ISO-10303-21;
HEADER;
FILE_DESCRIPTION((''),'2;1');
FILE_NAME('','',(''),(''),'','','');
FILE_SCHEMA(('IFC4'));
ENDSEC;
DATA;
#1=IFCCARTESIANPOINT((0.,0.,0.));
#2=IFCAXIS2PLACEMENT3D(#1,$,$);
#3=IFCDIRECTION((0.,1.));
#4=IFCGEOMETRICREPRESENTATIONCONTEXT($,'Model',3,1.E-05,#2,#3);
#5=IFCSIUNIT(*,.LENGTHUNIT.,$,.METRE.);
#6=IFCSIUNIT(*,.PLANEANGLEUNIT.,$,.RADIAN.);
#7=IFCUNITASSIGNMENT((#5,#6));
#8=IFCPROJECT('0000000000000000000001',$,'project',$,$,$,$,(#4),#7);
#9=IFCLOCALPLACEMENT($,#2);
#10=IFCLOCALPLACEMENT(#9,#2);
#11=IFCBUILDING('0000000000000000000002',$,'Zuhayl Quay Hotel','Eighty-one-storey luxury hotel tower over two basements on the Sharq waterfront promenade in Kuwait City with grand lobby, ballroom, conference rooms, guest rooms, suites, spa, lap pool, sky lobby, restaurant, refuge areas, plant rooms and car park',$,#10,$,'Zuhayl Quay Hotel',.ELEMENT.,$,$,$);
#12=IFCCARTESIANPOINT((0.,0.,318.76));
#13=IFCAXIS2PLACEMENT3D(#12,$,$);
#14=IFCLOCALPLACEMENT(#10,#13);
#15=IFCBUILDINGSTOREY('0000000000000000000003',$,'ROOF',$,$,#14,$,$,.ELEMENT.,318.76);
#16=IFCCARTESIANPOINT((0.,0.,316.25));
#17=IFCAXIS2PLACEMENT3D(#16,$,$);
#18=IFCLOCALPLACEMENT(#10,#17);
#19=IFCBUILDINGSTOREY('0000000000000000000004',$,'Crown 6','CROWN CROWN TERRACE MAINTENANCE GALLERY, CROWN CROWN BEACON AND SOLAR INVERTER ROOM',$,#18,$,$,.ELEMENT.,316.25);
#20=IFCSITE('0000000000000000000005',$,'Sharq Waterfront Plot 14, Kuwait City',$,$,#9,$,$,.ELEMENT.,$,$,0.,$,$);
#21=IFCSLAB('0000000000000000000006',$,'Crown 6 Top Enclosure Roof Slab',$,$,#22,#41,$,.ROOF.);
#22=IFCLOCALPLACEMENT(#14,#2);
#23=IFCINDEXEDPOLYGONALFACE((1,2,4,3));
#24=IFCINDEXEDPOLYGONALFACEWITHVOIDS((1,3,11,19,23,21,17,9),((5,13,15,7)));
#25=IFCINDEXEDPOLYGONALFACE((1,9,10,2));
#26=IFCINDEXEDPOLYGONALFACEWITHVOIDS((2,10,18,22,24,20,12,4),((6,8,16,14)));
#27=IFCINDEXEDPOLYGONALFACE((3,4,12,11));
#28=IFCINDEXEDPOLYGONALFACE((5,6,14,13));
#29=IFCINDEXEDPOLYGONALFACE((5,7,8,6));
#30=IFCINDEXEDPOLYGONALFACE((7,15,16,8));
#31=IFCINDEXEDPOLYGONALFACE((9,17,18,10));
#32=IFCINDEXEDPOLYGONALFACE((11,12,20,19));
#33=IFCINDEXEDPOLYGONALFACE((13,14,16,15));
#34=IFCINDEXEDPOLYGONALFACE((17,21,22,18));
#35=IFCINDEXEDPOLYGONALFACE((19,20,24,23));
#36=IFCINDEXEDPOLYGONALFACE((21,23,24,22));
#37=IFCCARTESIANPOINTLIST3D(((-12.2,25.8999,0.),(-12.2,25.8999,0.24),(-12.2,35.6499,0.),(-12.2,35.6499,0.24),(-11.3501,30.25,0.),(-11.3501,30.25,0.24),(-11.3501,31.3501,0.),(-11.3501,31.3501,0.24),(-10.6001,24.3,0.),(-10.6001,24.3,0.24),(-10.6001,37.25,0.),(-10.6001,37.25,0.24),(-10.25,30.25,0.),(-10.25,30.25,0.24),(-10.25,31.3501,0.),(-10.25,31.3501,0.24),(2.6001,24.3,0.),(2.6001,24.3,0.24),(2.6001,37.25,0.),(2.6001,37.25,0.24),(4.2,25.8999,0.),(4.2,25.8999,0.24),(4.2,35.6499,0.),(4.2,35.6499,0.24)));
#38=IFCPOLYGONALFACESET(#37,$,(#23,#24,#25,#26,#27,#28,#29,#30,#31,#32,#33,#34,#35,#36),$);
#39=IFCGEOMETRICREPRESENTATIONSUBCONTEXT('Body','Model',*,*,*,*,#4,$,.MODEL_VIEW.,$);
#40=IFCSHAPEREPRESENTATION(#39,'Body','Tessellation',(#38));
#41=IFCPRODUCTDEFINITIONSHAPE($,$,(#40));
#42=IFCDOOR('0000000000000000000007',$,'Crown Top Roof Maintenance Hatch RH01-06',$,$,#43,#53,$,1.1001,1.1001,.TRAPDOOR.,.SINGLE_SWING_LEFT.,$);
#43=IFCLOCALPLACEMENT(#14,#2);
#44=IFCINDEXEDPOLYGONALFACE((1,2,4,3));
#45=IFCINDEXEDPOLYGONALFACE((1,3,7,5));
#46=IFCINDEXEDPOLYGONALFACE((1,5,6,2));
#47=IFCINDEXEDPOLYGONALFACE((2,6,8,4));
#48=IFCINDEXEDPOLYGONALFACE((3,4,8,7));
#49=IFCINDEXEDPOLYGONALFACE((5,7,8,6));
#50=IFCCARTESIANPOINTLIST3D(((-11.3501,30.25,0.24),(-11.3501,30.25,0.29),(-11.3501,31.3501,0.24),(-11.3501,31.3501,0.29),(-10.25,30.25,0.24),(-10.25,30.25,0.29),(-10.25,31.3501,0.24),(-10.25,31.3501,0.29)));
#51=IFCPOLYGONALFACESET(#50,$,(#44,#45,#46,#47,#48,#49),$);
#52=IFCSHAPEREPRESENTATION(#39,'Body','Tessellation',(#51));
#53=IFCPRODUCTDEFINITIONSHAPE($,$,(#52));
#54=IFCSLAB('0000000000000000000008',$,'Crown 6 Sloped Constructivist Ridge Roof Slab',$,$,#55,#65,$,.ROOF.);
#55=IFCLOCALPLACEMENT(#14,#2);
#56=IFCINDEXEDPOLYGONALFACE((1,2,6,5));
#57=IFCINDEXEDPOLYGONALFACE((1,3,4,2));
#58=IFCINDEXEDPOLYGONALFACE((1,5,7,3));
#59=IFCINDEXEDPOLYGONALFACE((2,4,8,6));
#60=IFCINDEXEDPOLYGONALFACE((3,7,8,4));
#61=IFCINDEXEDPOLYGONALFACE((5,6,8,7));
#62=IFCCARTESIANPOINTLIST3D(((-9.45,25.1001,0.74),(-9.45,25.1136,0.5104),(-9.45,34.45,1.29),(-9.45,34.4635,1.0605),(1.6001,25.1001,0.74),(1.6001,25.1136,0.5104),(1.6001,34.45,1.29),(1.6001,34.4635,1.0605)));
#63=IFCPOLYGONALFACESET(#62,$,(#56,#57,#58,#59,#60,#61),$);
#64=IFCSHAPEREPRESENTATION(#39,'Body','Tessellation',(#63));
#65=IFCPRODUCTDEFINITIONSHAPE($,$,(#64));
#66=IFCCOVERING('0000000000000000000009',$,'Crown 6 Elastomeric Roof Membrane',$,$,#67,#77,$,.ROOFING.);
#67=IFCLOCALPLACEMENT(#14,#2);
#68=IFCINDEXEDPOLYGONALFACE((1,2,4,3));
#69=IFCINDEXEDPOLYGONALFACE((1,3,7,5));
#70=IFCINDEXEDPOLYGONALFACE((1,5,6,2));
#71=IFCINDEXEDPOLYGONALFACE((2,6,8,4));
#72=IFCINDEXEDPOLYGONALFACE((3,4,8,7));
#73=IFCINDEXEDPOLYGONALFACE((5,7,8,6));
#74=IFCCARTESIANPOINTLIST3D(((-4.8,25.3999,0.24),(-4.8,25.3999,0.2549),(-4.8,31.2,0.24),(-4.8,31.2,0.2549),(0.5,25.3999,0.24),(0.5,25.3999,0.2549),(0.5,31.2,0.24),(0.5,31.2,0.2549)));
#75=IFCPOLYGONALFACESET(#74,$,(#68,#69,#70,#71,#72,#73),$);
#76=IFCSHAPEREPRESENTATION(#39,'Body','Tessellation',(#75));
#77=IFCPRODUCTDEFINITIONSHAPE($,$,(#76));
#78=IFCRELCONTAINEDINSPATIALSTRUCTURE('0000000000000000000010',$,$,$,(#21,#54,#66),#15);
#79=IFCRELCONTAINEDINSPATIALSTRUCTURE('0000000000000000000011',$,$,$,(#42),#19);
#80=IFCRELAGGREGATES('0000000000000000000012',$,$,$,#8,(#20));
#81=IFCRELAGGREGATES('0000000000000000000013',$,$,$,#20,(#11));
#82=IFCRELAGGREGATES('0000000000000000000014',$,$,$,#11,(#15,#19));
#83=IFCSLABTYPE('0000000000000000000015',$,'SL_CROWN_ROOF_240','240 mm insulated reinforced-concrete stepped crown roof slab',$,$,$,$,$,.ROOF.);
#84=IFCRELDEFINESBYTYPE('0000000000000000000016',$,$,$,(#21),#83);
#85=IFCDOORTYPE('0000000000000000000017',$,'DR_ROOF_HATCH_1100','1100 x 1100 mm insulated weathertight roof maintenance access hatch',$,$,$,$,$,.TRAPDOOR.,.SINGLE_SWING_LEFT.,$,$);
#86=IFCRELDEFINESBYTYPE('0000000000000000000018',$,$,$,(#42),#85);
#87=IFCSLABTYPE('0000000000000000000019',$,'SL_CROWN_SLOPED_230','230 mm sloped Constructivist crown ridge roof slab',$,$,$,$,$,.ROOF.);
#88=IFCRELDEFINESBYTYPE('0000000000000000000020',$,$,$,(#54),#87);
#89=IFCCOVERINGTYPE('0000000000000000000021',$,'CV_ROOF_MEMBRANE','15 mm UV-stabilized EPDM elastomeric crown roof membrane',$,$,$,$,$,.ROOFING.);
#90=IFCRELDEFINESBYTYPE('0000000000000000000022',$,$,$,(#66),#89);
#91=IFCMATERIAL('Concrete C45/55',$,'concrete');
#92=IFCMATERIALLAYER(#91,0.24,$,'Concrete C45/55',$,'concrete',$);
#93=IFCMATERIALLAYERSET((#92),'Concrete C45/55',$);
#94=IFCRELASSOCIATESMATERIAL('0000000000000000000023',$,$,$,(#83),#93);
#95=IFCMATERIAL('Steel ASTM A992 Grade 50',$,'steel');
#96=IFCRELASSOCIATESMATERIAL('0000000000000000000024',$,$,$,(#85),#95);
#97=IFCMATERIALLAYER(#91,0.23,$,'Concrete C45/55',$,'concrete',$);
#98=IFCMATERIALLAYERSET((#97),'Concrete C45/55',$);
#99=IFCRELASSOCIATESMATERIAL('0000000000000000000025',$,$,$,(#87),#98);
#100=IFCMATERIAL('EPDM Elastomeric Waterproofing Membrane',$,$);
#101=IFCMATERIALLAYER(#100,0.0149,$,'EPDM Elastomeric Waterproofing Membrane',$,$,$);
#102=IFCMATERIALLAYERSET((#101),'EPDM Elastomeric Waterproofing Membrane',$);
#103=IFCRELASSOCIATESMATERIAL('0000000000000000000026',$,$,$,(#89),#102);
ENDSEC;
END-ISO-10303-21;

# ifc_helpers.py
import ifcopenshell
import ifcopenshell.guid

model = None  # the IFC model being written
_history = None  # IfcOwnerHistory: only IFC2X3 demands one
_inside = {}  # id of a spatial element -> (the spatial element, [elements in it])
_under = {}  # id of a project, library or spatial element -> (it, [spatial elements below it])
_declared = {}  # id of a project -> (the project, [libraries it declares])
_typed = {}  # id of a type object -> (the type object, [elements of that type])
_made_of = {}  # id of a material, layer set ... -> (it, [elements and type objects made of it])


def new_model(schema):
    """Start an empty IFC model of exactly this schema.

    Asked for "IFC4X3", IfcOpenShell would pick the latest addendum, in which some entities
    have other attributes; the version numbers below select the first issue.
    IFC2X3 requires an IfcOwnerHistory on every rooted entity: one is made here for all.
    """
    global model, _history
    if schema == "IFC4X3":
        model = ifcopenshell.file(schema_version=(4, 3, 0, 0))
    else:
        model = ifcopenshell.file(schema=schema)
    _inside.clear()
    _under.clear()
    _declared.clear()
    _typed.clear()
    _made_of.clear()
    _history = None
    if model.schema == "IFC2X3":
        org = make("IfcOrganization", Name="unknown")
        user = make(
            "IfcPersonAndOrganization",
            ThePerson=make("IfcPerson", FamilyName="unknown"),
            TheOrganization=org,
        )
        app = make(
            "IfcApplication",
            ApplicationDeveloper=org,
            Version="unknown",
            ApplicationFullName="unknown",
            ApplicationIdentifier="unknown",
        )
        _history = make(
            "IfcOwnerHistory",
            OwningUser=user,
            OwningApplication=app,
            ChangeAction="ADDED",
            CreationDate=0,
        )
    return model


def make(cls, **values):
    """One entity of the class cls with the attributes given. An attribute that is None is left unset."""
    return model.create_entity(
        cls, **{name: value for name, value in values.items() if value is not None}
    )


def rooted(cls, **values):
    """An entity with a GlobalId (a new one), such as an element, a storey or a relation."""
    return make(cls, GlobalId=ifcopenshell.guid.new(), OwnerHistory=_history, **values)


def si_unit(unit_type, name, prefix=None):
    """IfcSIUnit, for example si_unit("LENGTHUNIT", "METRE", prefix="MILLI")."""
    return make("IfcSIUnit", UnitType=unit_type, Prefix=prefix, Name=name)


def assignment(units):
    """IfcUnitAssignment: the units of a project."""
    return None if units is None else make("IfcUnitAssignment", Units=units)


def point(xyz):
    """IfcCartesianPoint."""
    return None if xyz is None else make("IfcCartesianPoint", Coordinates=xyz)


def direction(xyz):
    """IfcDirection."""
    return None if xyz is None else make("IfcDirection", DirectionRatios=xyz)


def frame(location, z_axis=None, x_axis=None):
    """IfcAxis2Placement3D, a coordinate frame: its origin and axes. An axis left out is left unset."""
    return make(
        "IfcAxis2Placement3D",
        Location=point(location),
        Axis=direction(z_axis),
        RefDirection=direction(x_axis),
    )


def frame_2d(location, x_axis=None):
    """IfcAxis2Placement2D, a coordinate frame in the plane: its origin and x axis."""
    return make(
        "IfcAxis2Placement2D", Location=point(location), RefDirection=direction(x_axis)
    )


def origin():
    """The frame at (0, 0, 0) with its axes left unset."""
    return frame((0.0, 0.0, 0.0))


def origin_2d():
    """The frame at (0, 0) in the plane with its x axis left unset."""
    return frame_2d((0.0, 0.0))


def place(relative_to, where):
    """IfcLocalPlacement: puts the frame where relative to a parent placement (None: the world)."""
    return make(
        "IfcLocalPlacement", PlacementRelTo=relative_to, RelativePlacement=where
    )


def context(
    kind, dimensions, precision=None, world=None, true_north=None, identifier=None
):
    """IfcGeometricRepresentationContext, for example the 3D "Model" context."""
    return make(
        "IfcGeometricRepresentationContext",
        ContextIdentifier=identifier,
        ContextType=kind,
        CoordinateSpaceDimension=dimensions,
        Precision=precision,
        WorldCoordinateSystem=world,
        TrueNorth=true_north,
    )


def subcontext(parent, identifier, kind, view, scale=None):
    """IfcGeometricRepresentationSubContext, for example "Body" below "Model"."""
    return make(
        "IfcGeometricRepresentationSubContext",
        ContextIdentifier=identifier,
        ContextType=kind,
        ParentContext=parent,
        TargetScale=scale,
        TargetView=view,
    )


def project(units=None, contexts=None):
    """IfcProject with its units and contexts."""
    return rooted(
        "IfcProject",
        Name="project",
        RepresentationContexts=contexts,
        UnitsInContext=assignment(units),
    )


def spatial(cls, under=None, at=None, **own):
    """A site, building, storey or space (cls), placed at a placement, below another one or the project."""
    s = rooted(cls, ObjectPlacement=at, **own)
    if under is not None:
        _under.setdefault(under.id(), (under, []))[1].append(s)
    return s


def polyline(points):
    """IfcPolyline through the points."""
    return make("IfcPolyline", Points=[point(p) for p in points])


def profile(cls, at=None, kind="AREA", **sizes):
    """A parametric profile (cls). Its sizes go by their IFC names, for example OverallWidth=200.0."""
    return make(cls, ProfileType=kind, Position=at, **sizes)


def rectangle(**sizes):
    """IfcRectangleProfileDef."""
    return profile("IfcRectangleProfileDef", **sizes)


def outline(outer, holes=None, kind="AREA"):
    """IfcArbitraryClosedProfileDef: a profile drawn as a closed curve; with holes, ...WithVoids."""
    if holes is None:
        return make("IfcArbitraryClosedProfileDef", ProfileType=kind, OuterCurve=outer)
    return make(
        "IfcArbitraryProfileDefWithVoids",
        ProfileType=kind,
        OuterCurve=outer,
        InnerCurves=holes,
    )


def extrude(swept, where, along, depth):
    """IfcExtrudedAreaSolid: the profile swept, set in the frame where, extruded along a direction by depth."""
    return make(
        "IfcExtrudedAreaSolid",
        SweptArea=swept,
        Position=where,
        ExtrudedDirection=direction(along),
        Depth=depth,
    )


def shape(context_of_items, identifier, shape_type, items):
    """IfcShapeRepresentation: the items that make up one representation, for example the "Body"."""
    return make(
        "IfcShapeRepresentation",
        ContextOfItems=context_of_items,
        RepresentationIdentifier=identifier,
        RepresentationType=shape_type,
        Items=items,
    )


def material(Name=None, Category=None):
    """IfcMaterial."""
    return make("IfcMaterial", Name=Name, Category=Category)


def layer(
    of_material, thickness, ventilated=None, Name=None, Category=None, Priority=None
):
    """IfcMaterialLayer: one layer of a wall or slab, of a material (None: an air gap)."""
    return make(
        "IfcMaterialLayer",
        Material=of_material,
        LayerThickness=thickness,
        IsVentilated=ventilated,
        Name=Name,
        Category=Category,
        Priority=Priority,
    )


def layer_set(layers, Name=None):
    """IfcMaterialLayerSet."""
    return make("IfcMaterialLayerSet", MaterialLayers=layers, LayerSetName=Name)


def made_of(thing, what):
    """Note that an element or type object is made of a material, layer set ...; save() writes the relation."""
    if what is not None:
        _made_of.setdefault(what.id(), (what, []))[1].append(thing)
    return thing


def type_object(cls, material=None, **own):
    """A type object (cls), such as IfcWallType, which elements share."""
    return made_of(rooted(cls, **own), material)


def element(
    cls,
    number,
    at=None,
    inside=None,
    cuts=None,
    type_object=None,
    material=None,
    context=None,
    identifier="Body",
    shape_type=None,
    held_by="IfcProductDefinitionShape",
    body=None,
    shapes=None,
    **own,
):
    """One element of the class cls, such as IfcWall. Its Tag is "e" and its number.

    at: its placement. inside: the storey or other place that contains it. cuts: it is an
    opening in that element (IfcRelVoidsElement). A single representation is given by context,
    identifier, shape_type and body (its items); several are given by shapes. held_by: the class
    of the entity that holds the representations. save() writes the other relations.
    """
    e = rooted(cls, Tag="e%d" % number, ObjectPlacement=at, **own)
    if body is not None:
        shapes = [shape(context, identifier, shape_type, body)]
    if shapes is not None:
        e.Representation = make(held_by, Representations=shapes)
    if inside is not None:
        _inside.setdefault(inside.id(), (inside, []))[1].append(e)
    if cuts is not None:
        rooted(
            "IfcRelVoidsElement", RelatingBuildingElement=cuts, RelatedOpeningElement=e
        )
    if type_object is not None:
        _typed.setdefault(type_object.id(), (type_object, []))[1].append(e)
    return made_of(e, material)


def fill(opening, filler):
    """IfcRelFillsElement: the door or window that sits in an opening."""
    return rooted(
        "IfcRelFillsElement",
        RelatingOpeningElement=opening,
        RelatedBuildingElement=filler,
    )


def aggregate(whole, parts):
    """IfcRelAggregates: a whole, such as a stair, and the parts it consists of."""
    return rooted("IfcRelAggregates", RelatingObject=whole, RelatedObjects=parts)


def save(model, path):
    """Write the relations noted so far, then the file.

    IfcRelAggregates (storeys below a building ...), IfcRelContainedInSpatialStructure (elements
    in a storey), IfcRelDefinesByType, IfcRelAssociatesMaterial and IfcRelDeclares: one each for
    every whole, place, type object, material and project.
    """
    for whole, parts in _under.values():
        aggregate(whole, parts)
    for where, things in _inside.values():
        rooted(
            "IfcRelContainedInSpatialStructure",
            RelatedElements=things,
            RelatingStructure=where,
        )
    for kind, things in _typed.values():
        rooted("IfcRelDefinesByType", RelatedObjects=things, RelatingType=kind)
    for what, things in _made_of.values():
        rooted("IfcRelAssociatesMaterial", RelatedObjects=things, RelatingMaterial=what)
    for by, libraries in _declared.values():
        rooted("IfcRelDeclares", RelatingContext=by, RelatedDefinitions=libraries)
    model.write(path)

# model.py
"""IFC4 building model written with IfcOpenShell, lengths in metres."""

from ifc_helpers import new_model, si_unit, direction, frame, origin, origin_2d, place, context, subcontext, project, spatial, polyline, rectangle, outline, extrude, material, layer, layer_set, type_object, element, fill, save


model = new_model("IFC4")

# Units and contexts
model_context = context("Model", 3, precision=1e-05, world=origin(), true_north=direction((0.0, 1.0)))
body_context = subcontext(model_context, "Body", "Model", "MODEL_VIEW")
ifc_project = project(units=[si_unit("LENGTHUNIT", "METRE"), si_unit("PLANEANGLEUNIT", "RADIAN")], contexts=[model_context])

# Site, building, storey
site_placement = place(None, origin())
site = spatial("IfcSite", under=ifc_project, at=site_placement, Name="Sharq Waterfront Plot 14, Kuwait City", CompositionType="ELEMENT", RefElevation=0.0)
building_placement = place(site_placement, origin())
building = spatial("IfcBuilding", under=site, at=building_placement, Name="Zuhayl Quay Hotel", Description="Eighty-one-storey luxury hotel tower over two basements on the Sharq waterfront promenade in Kuwait City with grand lobby, ballroom, conference rooms, guest rooms, suites, spa, lap pool, sky lobby, restaurant, refuge areas, plant rooms and car park", LongName="Zuhayl Quay Hotel", CompositionType="ELEMENT")
storey_1_placement = place(building_placement, frame((0.0, 0.0, 318.76)))
storey_1 = spatial("IfcBuildingStorey", under=building, at=storey_1_placement, Name="ROOF", CompositionType="ELEMENT", Elevation=318.76)

# Slab, opening
ifc_material_1 = material(Name="Concrete C45/55", Category="concrete")
ifc_layer_1 = layer(ifc_material_1, 0.24, Name="Concrete C45/55", Category="concrete")
ifc_layer_set_1 = layer_set([ifc_layer_1], Name="Concrete C45/55")
slab_type_1 = type_object("IfcSlabType", Name="SL_CROWN_ROOF_240", Description="240 mm insulated reinforced-concrete stepped crown roof slab", PredefinedType="ROOF", material=ifc_layer_set_1)
slab_1_placement = place(storey_1_placement, origin())
slab_1 = element("IfcSlab", 1, at=slab_1_placement, inside=storey_1, type_object=slab_type_1, Name="Crown 6 Top Enclosure Roof Slab", PredefinedType="ROOF", context=body_context, shape_type="SweptSolid", body=[
    extrude(outline(polyline([(-10.6001, 24.3), (2.6001, 24.3), (4.2, 25.8999), (4.2, 35.6499), (2.6001, 37.25), (-10.6001, 37.25), (-12.2, 35.6499), (-12.2, 25.8999), (-10.6001, 24.3)])), origin(), (0.0, 0.0, 1.0), 0.24),
])
opening_placement = place(slab_1_placement, frame((-10.8, 30.8, 0.0)))
opening = element("IfcOpeningElement", 2, at=opening_placement, cuts=slab_1, PredefinedType="OPENING", context=body_context, shape_type="SweptSolid", body=[
    extrude(rectangle(XDim=1.1001, YDim=1.1001, at=origin_2d()), frame((0.0, 0.0, -0.01)), (0.0, 0.0, 1.0), 0.3101),
])

# Shared definitions
storey_2_placement = place(building_placement, frame((0.0, 0.0, 316.25)))
storey_2 = spatial("IfcBuildingStorey", under=building, at=storey_2_placement, Name="Crown 6", Description="CROWN CROWN TERRACE MAINTENANCE GALLERY, CROWN CROWN BEACON AND SOLAR INVERTER ROOM", CompositionType="ELEMENT", Elevation=316.25)

# Door
ifc_material_2 = material(Name="Steel ASTM A992 Grade 50", Category="steel")
door_type = type_object("IfcDoorType", Name="DR_ROOF_HATCH_1100", Description="1100 x 1100 mm insulated weathertight roof maintenance access hatch", OperationType="SINGLE_SWING_LEFT", PredefinedType="TRAPDOOR", material=ifc_material_2)
door_placement = place(opening_placement, frame((0.0, 0.0, 0.24)))
door = element("IfcDoor", 3, at=door_placement, inside=storey_2, type_object=door_type, Name="Crown Top Roof Maintenance Hatch RH01-06", OperationType="SINGLE_SWING_LEFT", OverallHeight=1.1001, OverallWidth=1.1001, PredefinedType="TRAPDOOR", context=body_context, shape_type="SweptSolid", body=[
    extrude(rectangle(XDim=1.1001, YDim=1.1001, at=origin_2d()), origin(), (0.0, 0.0, 1.0), 0.05),
])
fill(opening, door)

# Slab
ifc_layer_2 = layer(ifc_material_1, 0.23, Name="Concrete C45/55", Category="concrete")
ifc_layer_set_2 = layer_set([ifc_layer_2], Name="Concrete C45/55")
slab_type_2 = type_object("IfcSlabType", Name="SL_CROWN_SLOPED_230", Description="230 mm sloped Constructivist crown ridge roof slab", PredefinedType="ROOF", material=ifc_layer_set_2)
slab_2_placement = place(storey_1_placement, frame((-9.45, 25.1001, 0.74), z_axis=(0.0, -0.058728, 0.998274), x_axis=(1.0, 0.0, 0.0)))
element("IfcSlab", 4, at=slab_2_placement, inside=storey_1, type_object=slab_type_2, Name="Crown 6 Sloped Constructivist Ridge Roof Slab", PredefinedType="ROOF", context=body_context, shape_type="SweptSolid", body=[
    extrude(outline(polyline([(0.0, 0.0), (11.05, 0.0), (11.05, 9.366), (0.0, 9.366), (0.0, 0.0)])), origin(), (0.0, 0.0, -1.0), 0.23),
])

# Covering
ifc_material_3 = material(Name="EPDM Elastomeric Waterproofing Membrane")
ifc_layer_3 = layer(ifc_material_3, 0.0149, Name="EPDM Elastomeric Waterproofing Membrane")
ifc_layer_set_3 = layer_set([ifc_layer_3], Name="EPDM Elastomeric Waterproofing Membrane")
covering_type = type_object("IfcCoveringType", Name="CV_ROOF_MEMBRANE", Description="15 mm UV-stabilized EPDM elastomeric crown roof membrane", PredefinedType="ROOFING", material=ifc_layer_set_3)
covering_placement = place(storey_1_placement, frame((0.0, 0.0, 0.24)))
element("IfcCovering", 5, at=covering_placement, inside=storey_1, type_object=covering_type, Name="Crown 6 Elastomeric Roof Membrane", PredefinedType="ROOFING", context=body_context, shape_type="SweptSolid", body=[
    extrude(outline(polyline([(-4.8, 25.3999), (0.5, 25.3999), (0.5, 31.2), (-4.8, 31.2), (-4.8, 25.3999)])), origin(), (0.0, 0.0, 1.0), 0.0149),
])

save(model, "model.ifc")
